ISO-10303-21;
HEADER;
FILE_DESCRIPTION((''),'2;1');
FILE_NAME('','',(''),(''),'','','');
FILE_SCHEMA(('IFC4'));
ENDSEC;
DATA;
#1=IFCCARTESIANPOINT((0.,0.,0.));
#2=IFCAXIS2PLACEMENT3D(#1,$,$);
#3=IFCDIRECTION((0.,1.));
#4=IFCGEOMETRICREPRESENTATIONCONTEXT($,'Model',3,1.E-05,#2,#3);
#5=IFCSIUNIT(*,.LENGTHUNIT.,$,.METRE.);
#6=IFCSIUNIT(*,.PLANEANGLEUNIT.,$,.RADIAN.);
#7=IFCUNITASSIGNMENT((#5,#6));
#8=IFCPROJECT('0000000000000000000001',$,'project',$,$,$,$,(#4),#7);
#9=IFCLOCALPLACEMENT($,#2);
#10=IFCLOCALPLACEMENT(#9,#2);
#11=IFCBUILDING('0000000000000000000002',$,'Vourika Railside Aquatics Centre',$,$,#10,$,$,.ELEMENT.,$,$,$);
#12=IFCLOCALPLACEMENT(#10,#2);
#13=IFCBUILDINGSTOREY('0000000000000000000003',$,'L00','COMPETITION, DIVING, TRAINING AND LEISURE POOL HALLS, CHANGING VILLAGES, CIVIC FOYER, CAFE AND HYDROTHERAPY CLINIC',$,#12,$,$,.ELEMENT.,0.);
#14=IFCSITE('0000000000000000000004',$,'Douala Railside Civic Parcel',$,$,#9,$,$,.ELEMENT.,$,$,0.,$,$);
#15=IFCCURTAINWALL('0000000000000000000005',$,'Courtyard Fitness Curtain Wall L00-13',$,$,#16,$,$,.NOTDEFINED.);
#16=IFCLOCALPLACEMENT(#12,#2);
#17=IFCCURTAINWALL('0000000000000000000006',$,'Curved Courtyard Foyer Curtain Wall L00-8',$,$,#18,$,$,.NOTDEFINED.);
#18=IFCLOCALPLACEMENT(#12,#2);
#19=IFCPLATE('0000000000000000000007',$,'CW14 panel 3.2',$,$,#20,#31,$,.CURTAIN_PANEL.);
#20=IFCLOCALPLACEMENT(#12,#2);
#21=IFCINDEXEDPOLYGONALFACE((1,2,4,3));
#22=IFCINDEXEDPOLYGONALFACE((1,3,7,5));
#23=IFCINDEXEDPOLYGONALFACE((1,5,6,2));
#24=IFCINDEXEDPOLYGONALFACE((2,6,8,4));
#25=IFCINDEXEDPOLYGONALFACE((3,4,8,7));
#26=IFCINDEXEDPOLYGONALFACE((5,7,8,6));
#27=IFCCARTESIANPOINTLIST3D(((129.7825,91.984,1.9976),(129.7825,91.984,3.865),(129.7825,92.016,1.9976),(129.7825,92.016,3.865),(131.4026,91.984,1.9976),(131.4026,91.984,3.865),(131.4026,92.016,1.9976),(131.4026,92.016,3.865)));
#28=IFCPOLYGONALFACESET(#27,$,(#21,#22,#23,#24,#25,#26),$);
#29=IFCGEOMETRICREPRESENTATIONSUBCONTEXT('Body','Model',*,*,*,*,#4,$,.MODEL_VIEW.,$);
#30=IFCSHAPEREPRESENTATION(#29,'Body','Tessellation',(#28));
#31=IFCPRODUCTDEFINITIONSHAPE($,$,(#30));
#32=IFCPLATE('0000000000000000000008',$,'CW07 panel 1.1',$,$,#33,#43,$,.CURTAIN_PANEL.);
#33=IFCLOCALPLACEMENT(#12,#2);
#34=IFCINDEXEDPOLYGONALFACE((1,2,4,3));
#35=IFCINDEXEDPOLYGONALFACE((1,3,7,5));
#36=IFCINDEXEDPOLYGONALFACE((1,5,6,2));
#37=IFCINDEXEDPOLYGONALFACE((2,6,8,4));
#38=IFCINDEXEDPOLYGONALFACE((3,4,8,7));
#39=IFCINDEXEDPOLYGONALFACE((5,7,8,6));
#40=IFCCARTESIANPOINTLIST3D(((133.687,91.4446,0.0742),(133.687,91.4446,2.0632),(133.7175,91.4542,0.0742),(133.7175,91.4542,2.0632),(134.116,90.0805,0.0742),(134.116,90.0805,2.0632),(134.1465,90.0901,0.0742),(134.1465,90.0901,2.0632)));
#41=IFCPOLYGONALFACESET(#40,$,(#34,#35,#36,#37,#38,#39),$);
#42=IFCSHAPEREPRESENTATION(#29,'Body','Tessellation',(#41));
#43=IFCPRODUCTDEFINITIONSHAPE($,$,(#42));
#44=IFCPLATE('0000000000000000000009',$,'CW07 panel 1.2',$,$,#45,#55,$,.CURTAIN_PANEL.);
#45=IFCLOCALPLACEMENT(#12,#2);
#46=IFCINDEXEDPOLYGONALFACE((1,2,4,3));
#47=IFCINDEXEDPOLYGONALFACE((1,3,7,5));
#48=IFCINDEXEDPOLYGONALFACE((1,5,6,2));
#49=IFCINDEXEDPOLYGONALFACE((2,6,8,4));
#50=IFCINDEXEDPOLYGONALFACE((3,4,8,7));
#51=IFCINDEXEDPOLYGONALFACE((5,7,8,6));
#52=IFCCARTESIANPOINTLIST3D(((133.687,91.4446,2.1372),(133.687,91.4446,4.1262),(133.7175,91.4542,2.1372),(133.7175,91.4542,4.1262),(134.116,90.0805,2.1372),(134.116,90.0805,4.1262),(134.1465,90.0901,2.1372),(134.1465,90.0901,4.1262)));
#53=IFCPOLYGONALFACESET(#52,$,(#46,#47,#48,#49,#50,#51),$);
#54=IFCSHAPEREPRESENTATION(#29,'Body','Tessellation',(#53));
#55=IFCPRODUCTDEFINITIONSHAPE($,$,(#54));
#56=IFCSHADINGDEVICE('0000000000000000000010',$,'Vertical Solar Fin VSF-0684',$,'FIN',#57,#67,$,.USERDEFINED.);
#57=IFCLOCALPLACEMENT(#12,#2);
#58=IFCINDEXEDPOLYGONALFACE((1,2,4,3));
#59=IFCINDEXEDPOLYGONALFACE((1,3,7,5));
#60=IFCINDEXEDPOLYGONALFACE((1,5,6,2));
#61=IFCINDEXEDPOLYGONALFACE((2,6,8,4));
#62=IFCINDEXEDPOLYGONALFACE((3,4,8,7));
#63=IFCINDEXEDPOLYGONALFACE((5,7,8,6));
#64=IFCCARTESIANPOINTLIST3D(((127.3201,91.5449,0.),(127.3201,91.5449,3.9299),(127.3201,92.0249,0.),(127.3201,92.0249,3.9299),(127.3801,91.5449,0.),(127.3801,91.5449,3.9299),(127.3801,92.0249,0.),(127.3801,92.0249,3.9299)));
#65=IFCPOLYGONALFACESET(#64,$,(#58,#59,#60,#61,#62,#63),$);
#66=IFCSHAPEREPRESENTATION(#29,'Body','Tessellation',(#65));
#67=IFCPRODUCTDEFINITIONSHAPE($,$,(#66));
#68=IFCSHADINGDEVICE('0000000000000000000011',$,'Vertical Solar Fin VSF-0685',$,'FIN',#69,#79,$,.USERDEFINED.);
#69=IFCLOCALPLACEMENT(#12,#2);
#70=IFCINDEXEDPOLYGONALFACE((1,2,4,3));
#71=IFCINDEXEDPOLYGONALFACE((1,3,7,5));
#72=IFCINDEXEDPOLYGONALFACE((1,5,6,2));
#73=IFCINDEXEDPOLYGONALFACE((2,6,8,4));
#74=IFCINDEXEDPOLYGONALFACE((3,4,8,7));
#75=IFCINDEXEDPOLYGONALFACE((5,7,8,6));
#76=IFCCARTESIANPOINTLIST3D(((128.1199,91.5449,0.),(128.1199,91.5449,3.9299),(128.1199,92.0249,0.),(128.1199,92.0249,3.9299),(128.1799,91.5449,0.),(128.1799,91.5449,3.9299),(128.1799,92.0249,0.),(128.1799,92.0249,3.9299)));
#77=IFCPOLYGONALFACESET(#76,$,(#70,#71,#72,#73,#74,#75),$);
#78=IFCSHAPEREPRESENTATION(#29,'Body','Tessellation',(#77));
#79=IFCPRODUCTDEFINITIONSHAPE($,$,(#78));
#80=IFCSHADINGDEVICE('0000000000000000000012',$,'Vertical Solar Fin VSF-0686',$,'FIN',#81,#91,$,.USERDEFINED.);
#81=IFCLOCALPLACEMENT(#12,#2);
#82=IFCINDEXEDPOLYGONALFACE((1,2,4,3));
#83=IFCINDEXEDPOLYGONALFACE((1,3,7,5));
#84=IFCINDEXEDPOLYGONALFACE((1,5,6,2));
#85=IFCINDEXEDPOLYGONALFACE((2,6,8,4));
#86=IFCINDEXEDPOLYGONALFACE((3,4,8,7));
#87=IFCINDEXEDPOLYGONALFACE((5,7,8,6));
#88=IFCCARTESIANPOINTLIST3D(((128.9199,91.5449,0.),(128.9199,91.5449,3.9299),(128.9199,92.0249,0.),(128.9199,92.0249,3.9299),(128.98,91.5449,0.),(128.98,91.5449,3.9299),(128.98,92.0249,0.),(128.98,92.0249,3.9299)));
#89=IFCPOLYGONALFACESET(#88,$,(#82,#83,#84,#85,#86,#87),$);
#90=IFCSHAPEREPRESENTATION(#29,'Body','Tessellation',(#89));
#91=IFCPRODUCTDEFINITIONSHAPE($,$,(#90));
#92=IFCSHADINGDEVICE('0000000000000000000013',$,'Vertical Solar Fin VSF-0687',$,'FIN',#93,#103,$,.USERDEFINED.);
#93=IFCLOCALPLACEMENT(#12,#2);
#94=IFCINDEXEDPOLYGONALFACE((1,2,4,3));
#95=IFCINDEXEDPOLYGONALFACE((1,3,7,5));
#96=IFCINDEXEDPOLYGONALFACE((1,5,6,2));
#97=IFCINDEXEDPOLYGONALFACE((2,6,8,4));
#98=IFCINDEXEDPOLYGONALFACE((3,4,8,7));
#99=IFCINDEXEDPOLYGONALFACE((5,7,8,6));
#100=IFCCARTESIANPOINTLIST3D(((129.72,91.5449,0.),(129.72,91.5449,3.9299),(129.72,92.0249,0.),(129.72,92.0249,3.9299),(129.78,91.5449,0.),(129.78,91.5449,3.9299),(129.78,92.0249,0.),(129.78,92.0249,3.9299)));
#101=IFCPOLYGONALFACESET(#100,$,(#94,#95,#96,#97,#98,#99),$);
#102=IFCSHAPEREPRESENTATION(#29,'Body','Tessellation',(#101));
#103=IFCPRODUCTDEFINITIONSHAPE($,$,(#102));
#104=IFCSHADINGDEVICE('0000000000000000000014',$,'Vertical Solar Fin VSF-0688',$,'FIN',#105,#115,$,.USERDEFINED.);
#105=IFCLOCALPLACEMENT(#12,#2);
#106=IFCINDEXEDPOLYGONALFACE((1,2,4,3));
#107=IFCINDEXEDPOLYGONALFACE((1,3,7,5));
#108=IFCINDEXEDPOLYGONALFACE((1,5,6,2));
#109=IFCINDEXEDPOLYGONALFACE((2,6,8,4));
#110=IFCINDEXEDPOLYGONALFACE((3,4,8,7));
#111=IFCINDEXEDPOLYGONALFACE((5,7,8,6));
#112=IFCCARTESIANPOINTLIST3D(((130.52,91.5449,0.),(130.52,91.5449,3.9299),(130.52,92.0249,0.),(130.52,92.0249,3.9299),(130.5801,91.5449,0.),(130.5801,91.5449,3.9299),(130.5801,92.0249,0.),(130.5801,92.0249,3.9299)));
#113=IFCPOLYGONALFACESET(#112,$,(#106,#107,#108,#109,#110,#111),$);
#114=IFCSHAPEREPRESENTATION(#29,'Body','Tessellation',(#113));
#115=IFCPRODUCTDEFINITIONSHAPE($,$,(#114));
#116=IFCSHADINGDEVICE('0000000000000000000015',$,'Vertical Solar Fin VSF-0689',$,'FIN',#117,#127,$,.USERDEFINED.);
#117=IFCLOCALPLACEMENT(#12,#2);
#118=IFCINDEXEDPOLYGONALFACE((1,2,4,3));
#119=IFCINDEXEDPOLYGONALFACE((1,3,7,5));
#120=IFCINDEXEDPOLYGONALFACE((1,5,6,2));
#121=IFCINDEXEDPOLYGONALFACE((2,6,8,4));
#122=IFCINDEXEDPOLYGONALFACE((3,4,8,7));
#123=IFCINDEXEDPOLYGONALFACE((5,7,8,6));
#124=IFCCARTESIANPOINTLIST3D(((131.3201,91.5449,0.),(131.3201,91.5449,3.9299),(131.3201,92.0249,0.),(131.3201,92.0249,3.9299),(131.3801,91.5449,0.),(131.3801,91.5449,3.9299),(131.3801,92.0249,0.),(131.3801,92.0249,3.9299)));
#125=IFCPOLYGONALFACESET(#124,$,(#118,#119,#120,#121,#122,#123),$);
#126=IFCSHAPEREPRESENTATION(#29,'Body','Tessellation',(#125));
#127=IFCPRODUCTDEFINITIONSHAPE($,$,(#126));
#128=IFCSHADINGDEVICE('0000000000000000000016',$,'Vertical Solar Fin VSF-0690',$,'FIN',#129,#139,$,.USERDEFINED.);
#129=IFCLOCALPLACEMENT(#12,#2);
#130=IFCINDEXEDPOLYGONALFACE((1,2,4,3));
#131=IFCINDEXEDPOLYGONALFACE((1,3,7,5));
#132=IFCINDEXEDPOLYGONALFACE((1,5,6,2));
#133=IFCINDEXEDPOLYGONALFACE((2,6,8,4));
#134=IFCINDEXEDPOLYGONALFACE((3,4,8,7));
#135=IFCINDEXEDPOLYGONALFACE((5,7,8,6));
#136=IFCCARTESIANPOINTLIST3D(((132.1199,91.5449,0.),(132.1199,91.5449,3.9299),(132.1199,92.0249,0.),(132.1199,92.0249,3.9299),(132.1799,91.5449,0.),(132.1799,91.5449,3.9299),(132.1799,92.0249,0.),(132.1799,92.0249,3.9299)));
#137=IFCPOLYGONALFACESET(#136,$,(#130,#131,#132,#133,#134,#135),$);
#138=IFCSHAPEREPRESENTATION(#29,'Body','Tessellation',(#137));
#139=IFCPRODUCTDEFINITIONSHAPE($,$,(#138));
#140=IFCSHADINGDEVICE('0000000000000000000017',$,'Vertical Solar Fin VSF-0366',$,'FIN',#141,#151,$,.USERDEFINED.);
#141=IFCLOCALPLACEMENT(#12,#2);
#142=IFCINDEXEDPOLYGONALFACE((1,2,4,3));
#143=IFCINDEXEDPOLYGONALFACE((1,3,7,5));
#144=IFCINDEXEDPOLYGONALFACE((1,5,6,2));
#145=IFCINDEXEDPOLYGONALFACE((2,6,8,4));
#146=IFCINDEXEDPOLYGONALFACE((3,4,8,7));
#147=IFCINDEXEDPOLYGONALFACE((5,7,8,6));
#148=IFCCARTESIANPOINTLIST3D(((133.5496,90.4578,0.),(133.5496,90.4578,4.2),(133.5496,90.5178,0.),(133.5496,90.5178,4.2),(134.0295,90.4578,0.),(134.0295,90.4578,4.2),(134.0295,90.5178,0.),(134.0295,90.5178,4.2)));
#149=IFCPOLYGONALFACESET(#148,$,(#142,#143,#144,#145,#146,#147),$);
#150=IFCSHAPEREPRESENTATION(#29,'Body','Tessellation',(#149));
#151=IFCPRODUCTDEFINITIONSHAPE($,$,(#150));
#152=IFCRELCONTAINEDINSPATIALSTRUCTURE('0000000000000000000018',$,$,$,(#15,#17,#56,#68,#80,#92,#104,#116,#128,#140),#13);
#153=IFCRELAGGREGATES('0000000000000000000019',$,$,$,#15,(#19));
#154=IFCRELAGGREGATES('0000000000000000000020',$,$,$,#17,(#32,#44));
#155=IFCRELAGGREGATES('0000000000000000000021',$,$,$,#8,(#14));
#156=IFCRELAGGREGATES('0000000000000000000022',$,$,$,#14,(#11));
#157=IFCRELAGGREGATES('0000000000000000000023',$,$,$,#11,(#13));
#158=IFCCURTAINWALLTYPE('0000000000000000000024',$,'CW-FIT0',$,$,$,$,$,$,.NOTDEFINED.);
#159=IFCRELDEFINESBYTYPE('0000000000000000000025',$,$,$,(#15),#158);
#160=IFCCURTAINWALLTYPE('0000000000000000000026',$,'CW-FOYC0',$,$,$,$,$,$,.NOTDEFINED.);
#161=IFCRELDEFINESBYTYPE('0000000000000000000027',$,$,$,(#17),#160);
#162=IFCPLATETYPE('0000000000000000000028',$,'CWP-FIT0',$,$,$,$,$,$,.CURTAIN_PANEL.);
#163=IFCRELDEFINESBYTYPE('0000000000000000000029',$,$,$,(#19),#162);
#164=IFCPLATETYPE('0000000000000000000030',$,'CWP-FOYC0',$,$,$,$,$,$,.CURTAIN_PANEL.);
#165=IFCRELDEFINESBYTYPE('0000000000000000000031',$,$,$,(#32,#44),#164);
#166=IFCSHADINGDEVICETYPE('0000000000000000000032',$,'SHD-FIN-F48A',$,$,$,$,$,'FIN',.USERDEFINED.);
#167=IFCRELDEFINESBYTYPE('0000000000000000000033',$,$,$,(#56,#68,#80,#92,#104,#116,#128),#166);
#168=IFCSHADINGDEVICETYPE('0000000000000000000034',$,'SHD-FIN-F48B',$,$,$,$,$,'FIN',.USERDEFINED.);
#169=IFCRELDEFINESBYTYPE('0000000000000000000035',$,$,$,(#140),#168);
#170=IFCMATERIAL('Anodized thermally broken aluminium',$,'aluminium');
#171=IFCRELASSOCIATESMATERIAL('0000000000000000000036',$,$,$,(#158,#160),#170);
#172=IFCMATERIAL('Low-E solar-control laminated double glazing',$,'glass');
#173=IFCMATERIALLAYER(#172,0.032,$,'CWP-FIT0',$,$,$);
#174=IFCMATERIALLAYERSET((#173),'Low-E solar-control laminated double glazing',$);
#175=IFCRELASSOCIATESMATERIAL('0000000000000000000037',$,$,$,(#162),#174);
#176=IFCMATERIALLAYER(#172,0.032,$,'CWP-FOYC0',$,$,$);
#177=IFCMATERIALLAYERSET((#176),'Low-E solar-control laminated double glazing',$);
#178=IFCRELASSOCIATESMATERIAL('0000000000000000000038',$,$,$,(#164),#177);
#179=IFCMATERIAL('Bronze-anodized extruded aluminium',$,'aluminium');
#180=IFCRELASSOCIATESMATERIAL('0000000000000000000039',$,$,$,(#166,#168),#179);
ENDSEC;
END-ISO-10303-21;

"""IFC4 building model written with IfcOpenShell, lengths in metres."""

from ifc_helpers import new_model, si_unit, direction, frame, origin, origin_2d, place, context, subcontext, project, spatial, rectangle, extrude, material, layer, layer_set, material_profile, profile_set, type_object, element, aggregate, save


model = new_model("IFC4")

# Units and contexts
model_context = context("Model", 3, precision=1e-05, world=origin(), true_north=direction((0.0, 1.0)))
body_context = subcontext(model_context, "Body", "Model", "MODEL_VIEW")
ifc_project = project(units=[si_unit("LENGTHUNIT", "METRE"), si_unit("PLANEANGLEUNIT", "RADIAN")], contexts=[model_context])

# Site, building, storey
site_placement = place(None, origin())
site = spatial("IfcSite", under=ifc_project, at=site_placement, Name="Douala Railside Civic Parcel", CompositionType="ELEMENT", RefElevation=0.0)
building_placement = place(site_placement, origin())
building = spatial("IfcBuilding", under=site, at=building_placement, Name="Vourika Railside Aquatics Centre", CompositionType="ELEMENT")
storey_placement = place(building_placement, origin())
storey = spatial("IfcBuildingStorey", under=building, at=storey_placement, Name="L00", Description="COMPETITION, DIVING, TRAINING AND LEISURE POOL HALLS, CHANGING VILLAGES, CIVIC FOYER, CAFE AND HYDROTHERAPY CLINIC", CompositionType="ELEMENT", Elevation=0.0)

# Curtain walls
ifc_material_1 = material(Name="Anodized thermally broken aluminium", Category="aluminium")
curtain_wall_type_1 = type_object("IfcCurtainWallType", Name="CW-FIT0", PredefinedType="NOTDEFINED", material=ifc_material_1)
curtain_wall_1_placement = place(storey_placement, origin())
curtain_wall_1 = element("IfcCurtainWall", 1, at=curtain_wall_1_placement, inside=storey, type_object=curtain_wall_type_1, Name="Courtyard Fitness Curtain Wall L00-13", PredefinedType="NOTDEFINED")
curtain_wall_type_2 = type_object("IfcCurtainWallType", Name="CW-FOYC0", PredefinedType="NOTDEFINED", material=ifc_material_1)
curtain_wall_2_placement = place(storey_placement, origin())
curtain_wall_2 = element("IfcCurtainWall", 2, at=curtain_wall_2_placement, inside=storey, type_object=curtain_wall_type_2, Name="Curved Courtyard Foyer Curtain Wall L00-8", PredefinedType="NOTDEFINED")

# Plates
ifc_material_2 = material(Name="Low-E solar-control laminated double glazing", Category="glass")
ifc_layer_1 = layer(ifc_material_2, 0.032, Name="CWP-FIT0")
ifc_layer_set_1 = layer_set([ifc_layer_1], Name="Low-E solar-control laminated double glazing")
plate_type_1 = type_object("IfcPlateType", Name="CWP-FIT0", PredefinedType="CURTAIN_PANEL", material=ifc_layer_set_1)
plate_1_placement = place(storey_placement, frame((130.5925, 92.0, 1.9976), z_axis=(0.0, 0.0, 1.0), x_axis=(1.0, 0.0, 0.0)))
plate_1 = element("IfcPlate", 3, at=plate_1_placement, type_object=plate_type_1, Name="CW14 panel 3.2", PredefinedType="CURTAIN_PANEL", context=body_context, shape_type="SweptSolid", body=[
    extrude(rectangle(XDim=1.6201, YDim=0.032, at=origin_2d()), origin(), (0.0, 0.0, 1.0), 1.8674),
])
aggregate(curtain_wall_1, [plate_1])
ifc_layer_2 = layer(ifc_material_2, 0.032, Name="CWP-FOYC0")
ifc_layer_set_2 = layer_set([ifc_layer_2], Name="Low-E solar-control laminated double glazing")
plate_type_2 = type_object("IfcPlateType", Name="CWP-FOYC0", PredefinedType="CURTAIN_PANEL", material=ifc_layer_set_2)
plate_2_placement = place(storey_placement, frame((133.9167, 90.7673, 0.0742), z_axis=(0.0, 0.0, 1.0), x_axis=(0.299974, -0.953947, 0.0)))
plate_2 = element("IfcPlate", 4, at=plate_2_placement, type_object=plate_type_2, Name="CW07 panel 1.1", PredefinedType="CURTAIN_PANEL", context=body_context, shape_type="SweptSolid", body=[
    extrude(rectangle(XDim=1.4299, YDim=0.032, at=origin_2d()), origin(), (0.0, 0.0, 1.0), 1.989),
])
plate_3_placement = place(storey_placement, frame((133.9167, 90.7673, 2.1372), z_axis=(0.0, 0.0, 1.0), x_axis=(0.299974, -0.953947, 0.0)))
plate_3 = element("IfcPlate", 5, at=plate_3_placement, type_object=plate_type_2, Name="CW07 panel 1.2", PredefinedType="CURTAIN_PANEL", context=body_context, shape_type="SweptSolid", body=[
    extrude(rectangle(XDim=1.4299, YDim=0.032, at=origin_2d()), origin(), (0.0, 0.0, 1.0), 1.989),
])
aggregate(curtain_wall_2, [plate_2, plate_3])

# Shading devices
ifc_material_3 = material(Name="Bronze-anodized extruded aluminium", Category="aluminium")
ifc_material_profile_1 = material_profile(ifc_material_3, rectangle(XDim=0.0601, YDim=0.48, at=origin_2d()), Name="ALU-FIN 60x480")
ifc_profile_set_1 = profile_set([ifc_material_profile_1], Name="Bronze-anodized extruded aluminium")
shading_device_type_1 = type_object("IfcShadingDeviceType", Name="SHD-FIN-F48A", ElementType="FIN", PredefinedType="USERDEFINED", material=ifc_profile_set_1)
for number, where, z_axis, x_axis, name in (
    (6, (127.3501, 91.7849, 0.0), (0.0, 0.0, 1.0), (-1.0, 0.0, 0.0), "Vertical Solar Fin VSF-0684"),
    (7, (128.1499, 91.7849, 0.0), (0.0, 0.0, 1.0), (-1.0, 0.0, 0.0), "Vertical Solar Fin VSF-0685"),
    (8, (128.95, 91.7849, 0.0), (0.0, 0.0, 1.0), (-1.0, 0.0, 0.0), "Vertical Solar Fin VSF-0686"),
    (9, (129.75, 91.7849, 0.0), (0.0, 0.0, 1.0), (-1.0, 0.0, 0.0), "Vertical Solar Fin VSF-0687"),
    (10, (130.55, 91.7849, 0.0), (0.0, 0.0, 1.0), (-1.0, 0.0, 0.0), "Vertical Solar Fin VSF-0688"),
    (11, (131.3501, 91.7849, 0.0), (0.0, 0.0, 1.0), (-1.0, 0.0, 0.0), "Vertical Solar Fin VSF-0689"),
    (12, (132.1499, 91.7849, 0.0), (0.0, 0.0, 1.0), (-1.0, 0.0, 0.0), "Vertical Solar Fin VSF-0690"),
):
    element("IfcShadingDevice", number, at=place(storey_placement, frame(where, z_axis=z_axis, x_axis=x_axis)), inside=storey, type_object=shading_device_type_1, Name=name, ObjectType="FIN", PredefinedType="USERDEFINED", context=body_context, shape_type="SweptSolid", body=[
        extrude(rectangle(XDim=0.0601, YDim=0.48, at=origin_2d()), origin(), (0.0, 0.0, 1.0), 3.9299),
    ])
ifc_material_profile_2 = material_profile(ifc_material_3, rectangle(XDim=0.0601, YDim=0.48, at=origin_2d()), Name="ALU-FIN 60x480")
ifc_profile_set_2 = profile_set([ifc_material_profile_2], Name="Bronze-anodized extruded aluminium")
shading_device_type_2 = type_object("IfcShadingDeviceType", Name="SHD-FIN-F48B", ElementType="FIN", PredefinedType="USERDEFINED", material=ifc_profile_set_2)
shading_device_placement = place(storey_placement, frame((133.7896, 90.4878, 0.0), z_axis=(0.0, 0.0, 1.0), x_axis=(0.0, 1.0, 0.0)))
element("IfcShadingDevice", 13, at=shading_device_placement, inside=storey, type_object=shading_device_type_2, Name="Vertical Solar Fin VSF-0366", ObjectType="FIN", PredefinedType="USERDEFINED", context=body_context, shape_type="SweptSolid", body=[
    extrude(rectangle(XDim=0.0601, YDim=0.48, at=origin_2d()), origin(), (0.0, 0.0, 1.0), 4.2),
])

save(model, "model.ifc")
